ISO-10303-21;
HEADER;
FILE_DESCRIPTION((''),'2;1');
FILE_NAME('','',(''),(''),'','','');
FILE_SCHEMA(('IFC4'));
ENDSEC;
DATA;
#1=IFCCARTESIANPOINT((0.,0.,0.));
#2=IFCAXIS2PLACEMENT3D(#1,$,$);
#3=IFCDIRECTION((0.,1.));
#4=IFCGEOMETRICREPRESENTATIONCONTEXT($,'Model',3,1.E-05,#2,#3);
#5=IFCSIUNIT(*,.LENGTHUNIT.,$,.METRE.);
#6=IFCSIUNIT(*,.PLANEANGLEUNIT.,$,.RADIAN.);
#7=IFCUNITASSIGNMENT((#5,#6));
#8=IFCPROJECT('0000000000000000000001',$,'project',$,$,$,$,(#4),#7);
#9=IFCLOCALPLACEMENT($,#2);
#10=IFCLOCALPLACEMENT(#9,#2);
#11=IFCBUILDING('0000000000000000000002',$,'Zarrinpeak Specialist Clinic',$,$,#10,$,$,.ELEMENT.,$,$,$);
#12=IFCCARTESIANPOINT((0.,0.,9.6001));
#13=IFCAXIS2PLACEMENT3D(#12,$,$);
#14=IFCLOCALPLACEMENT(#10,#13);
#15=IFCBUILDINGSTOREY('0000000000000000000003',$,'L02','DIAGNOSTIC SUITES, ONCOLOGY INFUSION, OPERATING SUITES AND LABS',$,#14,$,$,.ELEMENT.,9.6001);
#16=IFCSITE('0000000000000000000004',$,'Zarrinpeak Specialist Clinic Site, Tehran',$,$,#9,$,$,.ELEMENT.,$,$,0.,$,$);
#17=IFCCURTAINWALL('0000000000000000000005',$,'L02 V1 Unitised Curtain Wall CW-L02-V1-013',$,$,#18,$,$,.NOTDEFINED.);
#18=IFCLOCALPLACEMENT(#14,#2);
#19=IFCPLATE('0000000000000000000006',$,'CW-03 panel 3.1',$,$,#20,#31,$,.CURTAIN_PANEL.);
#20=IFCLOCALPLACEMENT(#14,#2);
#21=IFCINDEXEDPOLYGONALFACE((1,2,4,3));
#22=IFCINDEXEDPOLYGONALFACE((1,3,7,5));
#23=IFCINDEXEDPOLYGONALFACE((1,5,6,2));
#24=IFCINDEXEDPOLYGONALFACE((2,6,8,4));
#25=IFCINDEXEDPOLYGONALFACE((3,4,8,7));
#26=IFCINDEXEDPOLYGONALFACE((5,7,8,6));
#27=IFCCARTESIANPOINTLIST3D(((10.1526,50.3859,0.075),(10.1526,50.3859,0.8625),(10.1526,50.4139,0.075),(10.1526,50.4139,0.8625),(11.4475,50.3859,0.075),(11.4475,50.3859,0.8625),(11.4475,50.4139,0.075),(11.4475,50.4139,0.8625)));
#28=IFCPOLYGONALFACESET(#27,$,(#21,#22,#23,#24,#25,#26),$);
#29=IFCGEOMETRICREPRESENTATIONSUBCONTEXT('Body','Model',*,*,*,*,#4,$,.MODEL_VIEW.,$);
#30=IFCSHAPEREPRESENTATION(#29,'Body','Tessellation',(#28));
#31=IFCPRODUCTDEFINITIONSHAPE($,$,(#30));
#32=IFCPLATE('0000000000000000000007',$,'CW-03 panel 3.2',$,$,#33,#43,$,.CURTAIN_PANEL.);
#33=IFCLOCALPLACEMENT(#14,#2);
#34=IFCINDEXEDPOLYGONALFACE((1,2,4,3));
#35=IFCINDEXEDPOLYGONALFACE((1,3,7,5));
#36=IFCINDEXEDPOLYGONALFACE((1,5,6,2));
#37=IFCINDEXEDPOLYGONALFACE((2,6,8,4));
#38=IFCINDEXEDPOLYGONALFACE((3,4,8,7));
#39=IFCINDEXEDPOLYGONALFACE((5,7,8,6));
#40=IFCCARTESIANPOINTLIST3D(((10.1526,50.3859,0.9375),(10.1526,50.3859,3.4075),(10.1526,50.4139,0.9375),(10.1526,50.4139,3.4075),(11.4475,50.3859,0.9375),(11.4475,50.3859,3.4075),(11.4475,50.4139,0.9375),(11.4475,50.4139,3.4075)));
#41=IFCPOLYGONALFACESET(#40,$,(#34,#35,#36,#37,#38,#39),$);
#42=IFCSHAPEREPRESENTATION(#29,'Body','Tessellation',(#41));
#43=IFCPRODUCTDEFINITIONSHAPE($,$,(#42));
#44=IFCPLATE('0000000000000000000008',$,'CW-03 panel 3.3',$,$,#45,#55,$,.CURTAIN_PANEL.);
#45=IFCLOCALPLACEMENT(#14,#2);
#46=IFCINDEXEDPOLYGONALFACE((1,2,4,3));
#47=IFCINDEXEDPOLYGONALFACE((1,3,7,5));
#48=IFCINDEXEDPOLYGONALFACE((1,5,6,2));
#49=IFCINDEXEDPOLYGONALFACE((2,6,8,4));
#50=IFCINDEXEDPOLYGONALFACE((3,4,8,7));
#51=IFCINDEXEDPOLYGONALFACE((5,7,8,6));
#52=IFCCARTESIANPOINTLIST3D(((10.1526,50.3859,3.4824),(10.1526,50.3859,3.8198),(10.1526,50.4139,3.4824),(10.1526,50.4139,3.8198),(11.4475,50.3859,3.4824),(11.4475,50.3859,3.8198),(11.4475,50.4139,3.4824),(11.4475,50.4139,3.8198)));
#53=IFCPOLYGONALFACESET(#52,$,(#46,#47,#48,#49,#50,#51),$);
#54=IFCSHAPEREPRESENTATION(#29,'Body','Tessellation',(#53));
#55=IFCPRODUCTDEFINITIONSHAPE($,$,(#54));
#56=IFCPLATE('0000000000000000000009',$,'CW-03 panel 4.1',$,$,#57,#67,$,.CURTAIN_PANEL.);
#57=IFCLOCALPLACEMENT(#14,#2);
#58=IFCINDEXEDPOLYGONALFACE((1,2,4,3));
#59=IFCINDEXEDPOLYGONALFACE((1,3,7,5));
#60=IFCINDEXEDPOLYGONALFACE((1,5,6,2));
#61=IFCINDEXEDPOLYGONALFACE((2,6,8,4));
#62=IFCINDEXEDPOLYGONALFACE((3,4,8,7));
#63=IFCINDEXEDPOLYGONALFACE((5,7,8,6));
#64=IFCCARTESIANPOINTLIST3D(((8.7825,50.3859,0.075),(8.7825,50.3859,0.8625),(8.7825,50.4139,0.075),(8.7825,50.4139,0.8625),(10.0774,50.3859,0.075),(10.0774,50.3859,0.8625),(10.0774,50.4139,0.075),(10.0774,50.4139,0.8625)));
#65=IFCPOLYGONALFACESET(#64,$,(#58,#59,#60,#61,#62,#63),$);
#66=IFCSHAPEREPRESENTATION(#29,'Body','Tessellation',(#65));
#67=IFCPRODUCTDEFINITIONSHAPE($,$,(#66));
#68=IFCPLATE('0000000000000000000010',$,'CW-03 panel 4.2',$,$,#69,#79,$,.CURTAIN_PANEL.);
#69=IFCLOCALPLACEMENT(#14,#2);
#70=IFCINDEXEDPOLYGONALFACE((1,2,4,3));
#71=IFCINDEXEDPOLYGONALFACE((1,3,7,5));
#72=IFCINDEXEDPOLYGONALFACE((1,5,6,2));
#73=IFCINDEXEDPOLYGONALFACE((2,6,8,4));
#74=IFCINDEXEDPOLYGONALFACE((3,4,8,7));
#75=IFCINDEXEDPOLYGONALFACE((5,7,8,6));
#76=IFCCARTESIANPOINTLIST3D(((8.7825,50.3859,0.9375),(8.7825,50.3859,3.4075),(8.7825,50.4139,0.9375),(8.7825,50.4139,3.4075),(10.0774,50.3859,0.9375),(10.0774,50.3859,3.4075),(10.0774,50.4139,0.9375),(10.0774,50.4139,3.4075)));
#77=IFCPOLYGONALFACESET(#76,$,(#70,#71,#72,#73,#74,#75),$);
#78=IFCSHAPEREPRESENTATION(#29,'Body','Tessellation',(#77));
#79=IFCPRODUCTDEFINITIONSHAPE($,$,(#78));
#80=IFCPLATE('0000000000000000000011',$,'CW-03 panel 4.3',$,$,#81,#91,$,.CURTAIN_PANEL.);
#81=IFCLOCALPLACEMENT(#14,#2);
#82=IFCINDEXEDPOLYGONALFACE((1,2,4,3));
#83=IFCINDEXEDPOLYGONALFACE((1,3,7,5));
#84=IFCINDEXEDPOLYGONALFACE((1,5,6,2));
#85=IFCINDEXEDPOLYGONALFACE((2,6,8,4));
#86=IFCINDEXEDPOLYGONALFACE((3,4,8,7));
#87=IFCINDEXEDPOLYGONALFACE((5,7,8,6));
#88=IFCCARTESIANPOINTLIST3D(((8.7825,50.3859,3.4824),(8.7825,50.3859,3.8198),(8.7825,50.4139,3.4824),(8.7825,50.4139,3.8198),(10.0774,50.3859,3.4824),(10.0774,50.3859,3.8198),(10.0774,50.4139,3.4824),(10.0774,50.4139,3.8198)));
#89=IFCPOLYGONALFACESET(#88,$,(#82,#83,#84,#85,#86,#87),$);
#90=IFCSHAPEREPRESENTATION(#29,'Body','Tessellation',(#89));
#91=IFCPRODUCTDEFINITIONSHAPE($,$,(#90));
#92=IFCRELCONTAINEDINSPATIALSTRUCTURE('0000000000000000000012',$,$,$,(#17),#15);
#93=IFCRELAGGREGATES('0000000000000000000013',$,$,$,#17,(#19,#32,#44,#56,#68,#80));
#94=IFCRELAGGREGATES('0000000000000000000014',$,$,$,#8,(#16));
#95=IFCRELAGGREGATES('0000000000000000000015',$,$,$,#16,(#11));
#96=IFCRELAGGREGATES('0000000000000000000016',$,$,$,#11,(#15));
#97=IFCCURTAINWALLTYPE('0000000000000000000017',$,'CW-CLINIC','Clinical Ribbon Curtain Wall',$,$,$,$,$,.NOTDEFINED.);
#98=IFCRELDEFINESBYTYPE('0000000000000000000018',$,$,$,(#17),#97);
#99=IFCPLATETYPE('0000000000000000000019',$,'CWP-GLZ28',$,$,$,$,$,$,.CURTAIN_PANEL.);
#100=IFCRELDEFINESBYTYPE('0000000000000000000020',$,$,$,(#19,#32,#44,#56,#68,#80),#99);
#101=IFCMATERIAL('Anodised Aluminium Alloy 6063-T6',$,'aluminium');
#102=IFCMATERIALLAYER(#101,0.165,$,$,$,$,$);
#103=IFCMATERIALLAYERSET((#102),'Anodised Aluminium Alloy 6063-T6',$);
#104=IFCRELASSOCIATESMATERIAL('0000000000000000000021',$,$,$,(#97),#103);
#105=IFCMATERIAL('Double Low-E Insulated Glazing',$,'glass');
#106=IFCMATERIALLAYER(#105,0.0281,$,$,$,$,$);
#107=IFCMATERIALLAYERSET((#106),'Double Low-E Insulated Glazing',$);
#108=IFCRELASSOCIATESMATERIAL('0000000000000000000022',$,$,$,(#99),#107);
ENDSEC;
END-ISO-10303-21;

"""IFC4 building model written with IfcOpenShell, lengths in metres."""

from ifc_helpers import new_model, si_unit, direction, frame, origin, origin_2d, place, context, subcontext, project, spatial, rectangle, extrude, material, layer, layer_set, type_object, element, aggregate, save


model = new_model("IFC4")

# Units and contexts
model_context = context("Model", 3, precision=1e-05, world=origin(), true_north=direction((0.0, 1.0)))
body_context = subcontext(model_context, "Body", "Model", "MODEL_VIEW")
ifc_project = project(units=[si_unit("LENGTHUNIT", "METRE"), si_unit("PLANEANGLEUNIT", "RADIAN")], contexts=[model_context])

# Site, building, storey
site_placement = place(None, origin())
site = spatial("IfcSite", under=ifc_project, at=site_placement, Name="Zarrinpeak Specialist Clinic Site, Tehran", CompositionType="ELEMENT", RefElevation=0.0)
building_placement = place(site_placement, origin())
building = spatial("IfcBuilding", under=site, at=building_placement, Name="Zarrinpeak Specialist Clinic", CompositionType="ELEMENT")
storey_placement = place(building_placement, frame((0.0, 0.0, 9.6001)))
storey = spatial("IfcBuildingStorey", under=building, at=storey_placement, Name="L02", Description="DIAGNOSTIC SUITES, ONCOLOGY INFUSION, OPERATING SUITES AND LABS", CompositionType="ELEMENT", Elevation=9.6001)

# Curtain wall, plates
ifc_material_1 = material(Name="Anodised Aluminium Alloy 6063-T6", Category="aluminium")
ifc_layer_1 = layer(ifc_material_1, 0.165)
ifc_layer_set_1 = layer_set([ifc_layer_1], Name="Anodised Aluminium Alloy 6063-T6")
curtain_wall_type = type_object("IfcCurtainWallType", Name="CW-CLINIC", Description="Clinical Ribbon Curtain Wall", PredefinedType="NOTDEFINED", material=ifc_layer_set_1)
curtain_wall_placement = place(storey_placement, origin())
curtain_wall = element("IfcCurtainWall", 1, at=curtain_wall_placement, inside=storey, type_object=curtain_wall_type, Name="L02 V1 Unitised Curtain Wall CW-L02-V1-013", PredefinedType="NOTDEFINED")
ifc_material_2 = material(Name="Double Low-E Insulated Glazing", Category="glass")
ifc_layer_2 = layer(ifc_material_2, 0.0281)
ifc_layer_set_2 = layer_set([ifc_layer_2], Name="Double Low-E Insulated Glazing")
plate_type = type_object("IfcPlateType", Name="CWP-GLZ28", PredefinedType="CURTAIN_PANEL", material=ifc_layer_set_2)
plate_1_placement = place(storey_placement, frame((10.8, 50.3999, 0.075), z_axis=(0.0, 0.0, 1.0), x_axis=(-1.0, 0.0, 0.0)))
plate_1 = element("IfcPlate", 2, at=plate_1_placement, type_object=plate_type, Name="CW-03 panel 3.1", PredefinedType="CURTAIN_PANEL", context=body_context, shape_type="SweptSolid", body=[
    extrude(rectangle(XDim=1.2949, YDim=0.0281, at=origin_2d()), origin(), (0.0, 0.0, 1.0), 0.7876),
])
plate_2_placement = place(storey_placement, frame((10.8, 50.3999, 0.9375), z_axis=(0.0, 0.0, 1.0), x_axis=(-1.0, 0.0, 0.0)))
plate_2 = element("IfcPlate", 3, at=plate_2_placement, type_object=plate_type, Name="CW-03 panel 3.2", PredefinedType="CURTAIN_PANEL", context=body_context, shape_type="SweptSolid", body=[
    extrude(rectangle(XDim=1.2949, YDim=0.0281, at=origin_2d()), origin(), (0.0, 0.0, 1.0), 2.47),
])
plate_3_placement = place(storey_placement, frame((10.8, 50.3999, 3.4824), z_axis=(0.0, 0.0, 1.0), x_axis=(-1.0, 0.0, 0.0)))
plate_3 = element("IfcPlate", 4, at=plate_3_placement, type_object=plate_type, Name="CW-03 panel 3.3", PredefinedType="CURTAIN_PANEL", context=body_context, shape_type="SweptSolid", body=[
    extrude(rectangle(XDim=1.2949, YDim=0.0281, at=origin_2d()), origin(), (0.0, 0.0, 1.0), 0.3374),
])
plate_4_placement = place(storey_placement, frame((9.4299, 50.3999, 0.075), z_axis=(0.0, 0.0, 1.0), x_axis=(-1.0, 0.0, 0.0)))
plate_4 = element("IfcPlate", 5, at=plate_4_placement, type_object=plate_type, Name="CW-03 panel 4.1", PredefinedType="CURTAIN_PANEL", context=body_context, shape_type="SweptSolid", body=[
    extrude(rectangle(XDim=1.2949, YDim=0.0281, at=origin_2d()), origin(), (0.0, 0.0, 1.0), 0.7876),
])
plate_5_placement = place(storey_placement, frame((9.4299, 50.3999, 0.9375), z_axis=(0.0, 0.0, 1.0), x_axis=(-1.0, 0.0, 0.0)))
plate_5 = element("IfcPlate", 6, at=plate_5_placement, type_object=plate_type, Name="CW-03 panel 4.2", PredefinedType="CURTAIN_PANEL", context=body_context, shape_type="SweptSolid", body=[
    extrude(rectangle(XDim=1.2949, YDim=0.0281, at=origin_2d()), origin(), (0.0, 0.0, 1.0), 2.47),
])
plate_6_placement = place(storey_placement, frame((9.4299, 50.3999, 3.4824), z_axis=(0.0, 0.0, 1.0), x_axis=(-1.0, 0.0, 0.0)))
plate_6 = element("IfcPlate", 7, at=plate_6_placement, type_object=plate_type, Name="CW-03 panel 4.3", PredefinedType="CURTAIN_PANEL", context=body_context, shape_type="SweptSolid", body=[
    extrude(rectangle(XDim=1.2949, YDim=0.0281, at=origin_2d()), origin(), (0.0, 0.0, 1.0), 0.3374),
])
aggregate(curtain_wall, [plate_1, plate_2, plate_3, plate_4, plate_5, plate_6])

save(model, "model.ifc")
